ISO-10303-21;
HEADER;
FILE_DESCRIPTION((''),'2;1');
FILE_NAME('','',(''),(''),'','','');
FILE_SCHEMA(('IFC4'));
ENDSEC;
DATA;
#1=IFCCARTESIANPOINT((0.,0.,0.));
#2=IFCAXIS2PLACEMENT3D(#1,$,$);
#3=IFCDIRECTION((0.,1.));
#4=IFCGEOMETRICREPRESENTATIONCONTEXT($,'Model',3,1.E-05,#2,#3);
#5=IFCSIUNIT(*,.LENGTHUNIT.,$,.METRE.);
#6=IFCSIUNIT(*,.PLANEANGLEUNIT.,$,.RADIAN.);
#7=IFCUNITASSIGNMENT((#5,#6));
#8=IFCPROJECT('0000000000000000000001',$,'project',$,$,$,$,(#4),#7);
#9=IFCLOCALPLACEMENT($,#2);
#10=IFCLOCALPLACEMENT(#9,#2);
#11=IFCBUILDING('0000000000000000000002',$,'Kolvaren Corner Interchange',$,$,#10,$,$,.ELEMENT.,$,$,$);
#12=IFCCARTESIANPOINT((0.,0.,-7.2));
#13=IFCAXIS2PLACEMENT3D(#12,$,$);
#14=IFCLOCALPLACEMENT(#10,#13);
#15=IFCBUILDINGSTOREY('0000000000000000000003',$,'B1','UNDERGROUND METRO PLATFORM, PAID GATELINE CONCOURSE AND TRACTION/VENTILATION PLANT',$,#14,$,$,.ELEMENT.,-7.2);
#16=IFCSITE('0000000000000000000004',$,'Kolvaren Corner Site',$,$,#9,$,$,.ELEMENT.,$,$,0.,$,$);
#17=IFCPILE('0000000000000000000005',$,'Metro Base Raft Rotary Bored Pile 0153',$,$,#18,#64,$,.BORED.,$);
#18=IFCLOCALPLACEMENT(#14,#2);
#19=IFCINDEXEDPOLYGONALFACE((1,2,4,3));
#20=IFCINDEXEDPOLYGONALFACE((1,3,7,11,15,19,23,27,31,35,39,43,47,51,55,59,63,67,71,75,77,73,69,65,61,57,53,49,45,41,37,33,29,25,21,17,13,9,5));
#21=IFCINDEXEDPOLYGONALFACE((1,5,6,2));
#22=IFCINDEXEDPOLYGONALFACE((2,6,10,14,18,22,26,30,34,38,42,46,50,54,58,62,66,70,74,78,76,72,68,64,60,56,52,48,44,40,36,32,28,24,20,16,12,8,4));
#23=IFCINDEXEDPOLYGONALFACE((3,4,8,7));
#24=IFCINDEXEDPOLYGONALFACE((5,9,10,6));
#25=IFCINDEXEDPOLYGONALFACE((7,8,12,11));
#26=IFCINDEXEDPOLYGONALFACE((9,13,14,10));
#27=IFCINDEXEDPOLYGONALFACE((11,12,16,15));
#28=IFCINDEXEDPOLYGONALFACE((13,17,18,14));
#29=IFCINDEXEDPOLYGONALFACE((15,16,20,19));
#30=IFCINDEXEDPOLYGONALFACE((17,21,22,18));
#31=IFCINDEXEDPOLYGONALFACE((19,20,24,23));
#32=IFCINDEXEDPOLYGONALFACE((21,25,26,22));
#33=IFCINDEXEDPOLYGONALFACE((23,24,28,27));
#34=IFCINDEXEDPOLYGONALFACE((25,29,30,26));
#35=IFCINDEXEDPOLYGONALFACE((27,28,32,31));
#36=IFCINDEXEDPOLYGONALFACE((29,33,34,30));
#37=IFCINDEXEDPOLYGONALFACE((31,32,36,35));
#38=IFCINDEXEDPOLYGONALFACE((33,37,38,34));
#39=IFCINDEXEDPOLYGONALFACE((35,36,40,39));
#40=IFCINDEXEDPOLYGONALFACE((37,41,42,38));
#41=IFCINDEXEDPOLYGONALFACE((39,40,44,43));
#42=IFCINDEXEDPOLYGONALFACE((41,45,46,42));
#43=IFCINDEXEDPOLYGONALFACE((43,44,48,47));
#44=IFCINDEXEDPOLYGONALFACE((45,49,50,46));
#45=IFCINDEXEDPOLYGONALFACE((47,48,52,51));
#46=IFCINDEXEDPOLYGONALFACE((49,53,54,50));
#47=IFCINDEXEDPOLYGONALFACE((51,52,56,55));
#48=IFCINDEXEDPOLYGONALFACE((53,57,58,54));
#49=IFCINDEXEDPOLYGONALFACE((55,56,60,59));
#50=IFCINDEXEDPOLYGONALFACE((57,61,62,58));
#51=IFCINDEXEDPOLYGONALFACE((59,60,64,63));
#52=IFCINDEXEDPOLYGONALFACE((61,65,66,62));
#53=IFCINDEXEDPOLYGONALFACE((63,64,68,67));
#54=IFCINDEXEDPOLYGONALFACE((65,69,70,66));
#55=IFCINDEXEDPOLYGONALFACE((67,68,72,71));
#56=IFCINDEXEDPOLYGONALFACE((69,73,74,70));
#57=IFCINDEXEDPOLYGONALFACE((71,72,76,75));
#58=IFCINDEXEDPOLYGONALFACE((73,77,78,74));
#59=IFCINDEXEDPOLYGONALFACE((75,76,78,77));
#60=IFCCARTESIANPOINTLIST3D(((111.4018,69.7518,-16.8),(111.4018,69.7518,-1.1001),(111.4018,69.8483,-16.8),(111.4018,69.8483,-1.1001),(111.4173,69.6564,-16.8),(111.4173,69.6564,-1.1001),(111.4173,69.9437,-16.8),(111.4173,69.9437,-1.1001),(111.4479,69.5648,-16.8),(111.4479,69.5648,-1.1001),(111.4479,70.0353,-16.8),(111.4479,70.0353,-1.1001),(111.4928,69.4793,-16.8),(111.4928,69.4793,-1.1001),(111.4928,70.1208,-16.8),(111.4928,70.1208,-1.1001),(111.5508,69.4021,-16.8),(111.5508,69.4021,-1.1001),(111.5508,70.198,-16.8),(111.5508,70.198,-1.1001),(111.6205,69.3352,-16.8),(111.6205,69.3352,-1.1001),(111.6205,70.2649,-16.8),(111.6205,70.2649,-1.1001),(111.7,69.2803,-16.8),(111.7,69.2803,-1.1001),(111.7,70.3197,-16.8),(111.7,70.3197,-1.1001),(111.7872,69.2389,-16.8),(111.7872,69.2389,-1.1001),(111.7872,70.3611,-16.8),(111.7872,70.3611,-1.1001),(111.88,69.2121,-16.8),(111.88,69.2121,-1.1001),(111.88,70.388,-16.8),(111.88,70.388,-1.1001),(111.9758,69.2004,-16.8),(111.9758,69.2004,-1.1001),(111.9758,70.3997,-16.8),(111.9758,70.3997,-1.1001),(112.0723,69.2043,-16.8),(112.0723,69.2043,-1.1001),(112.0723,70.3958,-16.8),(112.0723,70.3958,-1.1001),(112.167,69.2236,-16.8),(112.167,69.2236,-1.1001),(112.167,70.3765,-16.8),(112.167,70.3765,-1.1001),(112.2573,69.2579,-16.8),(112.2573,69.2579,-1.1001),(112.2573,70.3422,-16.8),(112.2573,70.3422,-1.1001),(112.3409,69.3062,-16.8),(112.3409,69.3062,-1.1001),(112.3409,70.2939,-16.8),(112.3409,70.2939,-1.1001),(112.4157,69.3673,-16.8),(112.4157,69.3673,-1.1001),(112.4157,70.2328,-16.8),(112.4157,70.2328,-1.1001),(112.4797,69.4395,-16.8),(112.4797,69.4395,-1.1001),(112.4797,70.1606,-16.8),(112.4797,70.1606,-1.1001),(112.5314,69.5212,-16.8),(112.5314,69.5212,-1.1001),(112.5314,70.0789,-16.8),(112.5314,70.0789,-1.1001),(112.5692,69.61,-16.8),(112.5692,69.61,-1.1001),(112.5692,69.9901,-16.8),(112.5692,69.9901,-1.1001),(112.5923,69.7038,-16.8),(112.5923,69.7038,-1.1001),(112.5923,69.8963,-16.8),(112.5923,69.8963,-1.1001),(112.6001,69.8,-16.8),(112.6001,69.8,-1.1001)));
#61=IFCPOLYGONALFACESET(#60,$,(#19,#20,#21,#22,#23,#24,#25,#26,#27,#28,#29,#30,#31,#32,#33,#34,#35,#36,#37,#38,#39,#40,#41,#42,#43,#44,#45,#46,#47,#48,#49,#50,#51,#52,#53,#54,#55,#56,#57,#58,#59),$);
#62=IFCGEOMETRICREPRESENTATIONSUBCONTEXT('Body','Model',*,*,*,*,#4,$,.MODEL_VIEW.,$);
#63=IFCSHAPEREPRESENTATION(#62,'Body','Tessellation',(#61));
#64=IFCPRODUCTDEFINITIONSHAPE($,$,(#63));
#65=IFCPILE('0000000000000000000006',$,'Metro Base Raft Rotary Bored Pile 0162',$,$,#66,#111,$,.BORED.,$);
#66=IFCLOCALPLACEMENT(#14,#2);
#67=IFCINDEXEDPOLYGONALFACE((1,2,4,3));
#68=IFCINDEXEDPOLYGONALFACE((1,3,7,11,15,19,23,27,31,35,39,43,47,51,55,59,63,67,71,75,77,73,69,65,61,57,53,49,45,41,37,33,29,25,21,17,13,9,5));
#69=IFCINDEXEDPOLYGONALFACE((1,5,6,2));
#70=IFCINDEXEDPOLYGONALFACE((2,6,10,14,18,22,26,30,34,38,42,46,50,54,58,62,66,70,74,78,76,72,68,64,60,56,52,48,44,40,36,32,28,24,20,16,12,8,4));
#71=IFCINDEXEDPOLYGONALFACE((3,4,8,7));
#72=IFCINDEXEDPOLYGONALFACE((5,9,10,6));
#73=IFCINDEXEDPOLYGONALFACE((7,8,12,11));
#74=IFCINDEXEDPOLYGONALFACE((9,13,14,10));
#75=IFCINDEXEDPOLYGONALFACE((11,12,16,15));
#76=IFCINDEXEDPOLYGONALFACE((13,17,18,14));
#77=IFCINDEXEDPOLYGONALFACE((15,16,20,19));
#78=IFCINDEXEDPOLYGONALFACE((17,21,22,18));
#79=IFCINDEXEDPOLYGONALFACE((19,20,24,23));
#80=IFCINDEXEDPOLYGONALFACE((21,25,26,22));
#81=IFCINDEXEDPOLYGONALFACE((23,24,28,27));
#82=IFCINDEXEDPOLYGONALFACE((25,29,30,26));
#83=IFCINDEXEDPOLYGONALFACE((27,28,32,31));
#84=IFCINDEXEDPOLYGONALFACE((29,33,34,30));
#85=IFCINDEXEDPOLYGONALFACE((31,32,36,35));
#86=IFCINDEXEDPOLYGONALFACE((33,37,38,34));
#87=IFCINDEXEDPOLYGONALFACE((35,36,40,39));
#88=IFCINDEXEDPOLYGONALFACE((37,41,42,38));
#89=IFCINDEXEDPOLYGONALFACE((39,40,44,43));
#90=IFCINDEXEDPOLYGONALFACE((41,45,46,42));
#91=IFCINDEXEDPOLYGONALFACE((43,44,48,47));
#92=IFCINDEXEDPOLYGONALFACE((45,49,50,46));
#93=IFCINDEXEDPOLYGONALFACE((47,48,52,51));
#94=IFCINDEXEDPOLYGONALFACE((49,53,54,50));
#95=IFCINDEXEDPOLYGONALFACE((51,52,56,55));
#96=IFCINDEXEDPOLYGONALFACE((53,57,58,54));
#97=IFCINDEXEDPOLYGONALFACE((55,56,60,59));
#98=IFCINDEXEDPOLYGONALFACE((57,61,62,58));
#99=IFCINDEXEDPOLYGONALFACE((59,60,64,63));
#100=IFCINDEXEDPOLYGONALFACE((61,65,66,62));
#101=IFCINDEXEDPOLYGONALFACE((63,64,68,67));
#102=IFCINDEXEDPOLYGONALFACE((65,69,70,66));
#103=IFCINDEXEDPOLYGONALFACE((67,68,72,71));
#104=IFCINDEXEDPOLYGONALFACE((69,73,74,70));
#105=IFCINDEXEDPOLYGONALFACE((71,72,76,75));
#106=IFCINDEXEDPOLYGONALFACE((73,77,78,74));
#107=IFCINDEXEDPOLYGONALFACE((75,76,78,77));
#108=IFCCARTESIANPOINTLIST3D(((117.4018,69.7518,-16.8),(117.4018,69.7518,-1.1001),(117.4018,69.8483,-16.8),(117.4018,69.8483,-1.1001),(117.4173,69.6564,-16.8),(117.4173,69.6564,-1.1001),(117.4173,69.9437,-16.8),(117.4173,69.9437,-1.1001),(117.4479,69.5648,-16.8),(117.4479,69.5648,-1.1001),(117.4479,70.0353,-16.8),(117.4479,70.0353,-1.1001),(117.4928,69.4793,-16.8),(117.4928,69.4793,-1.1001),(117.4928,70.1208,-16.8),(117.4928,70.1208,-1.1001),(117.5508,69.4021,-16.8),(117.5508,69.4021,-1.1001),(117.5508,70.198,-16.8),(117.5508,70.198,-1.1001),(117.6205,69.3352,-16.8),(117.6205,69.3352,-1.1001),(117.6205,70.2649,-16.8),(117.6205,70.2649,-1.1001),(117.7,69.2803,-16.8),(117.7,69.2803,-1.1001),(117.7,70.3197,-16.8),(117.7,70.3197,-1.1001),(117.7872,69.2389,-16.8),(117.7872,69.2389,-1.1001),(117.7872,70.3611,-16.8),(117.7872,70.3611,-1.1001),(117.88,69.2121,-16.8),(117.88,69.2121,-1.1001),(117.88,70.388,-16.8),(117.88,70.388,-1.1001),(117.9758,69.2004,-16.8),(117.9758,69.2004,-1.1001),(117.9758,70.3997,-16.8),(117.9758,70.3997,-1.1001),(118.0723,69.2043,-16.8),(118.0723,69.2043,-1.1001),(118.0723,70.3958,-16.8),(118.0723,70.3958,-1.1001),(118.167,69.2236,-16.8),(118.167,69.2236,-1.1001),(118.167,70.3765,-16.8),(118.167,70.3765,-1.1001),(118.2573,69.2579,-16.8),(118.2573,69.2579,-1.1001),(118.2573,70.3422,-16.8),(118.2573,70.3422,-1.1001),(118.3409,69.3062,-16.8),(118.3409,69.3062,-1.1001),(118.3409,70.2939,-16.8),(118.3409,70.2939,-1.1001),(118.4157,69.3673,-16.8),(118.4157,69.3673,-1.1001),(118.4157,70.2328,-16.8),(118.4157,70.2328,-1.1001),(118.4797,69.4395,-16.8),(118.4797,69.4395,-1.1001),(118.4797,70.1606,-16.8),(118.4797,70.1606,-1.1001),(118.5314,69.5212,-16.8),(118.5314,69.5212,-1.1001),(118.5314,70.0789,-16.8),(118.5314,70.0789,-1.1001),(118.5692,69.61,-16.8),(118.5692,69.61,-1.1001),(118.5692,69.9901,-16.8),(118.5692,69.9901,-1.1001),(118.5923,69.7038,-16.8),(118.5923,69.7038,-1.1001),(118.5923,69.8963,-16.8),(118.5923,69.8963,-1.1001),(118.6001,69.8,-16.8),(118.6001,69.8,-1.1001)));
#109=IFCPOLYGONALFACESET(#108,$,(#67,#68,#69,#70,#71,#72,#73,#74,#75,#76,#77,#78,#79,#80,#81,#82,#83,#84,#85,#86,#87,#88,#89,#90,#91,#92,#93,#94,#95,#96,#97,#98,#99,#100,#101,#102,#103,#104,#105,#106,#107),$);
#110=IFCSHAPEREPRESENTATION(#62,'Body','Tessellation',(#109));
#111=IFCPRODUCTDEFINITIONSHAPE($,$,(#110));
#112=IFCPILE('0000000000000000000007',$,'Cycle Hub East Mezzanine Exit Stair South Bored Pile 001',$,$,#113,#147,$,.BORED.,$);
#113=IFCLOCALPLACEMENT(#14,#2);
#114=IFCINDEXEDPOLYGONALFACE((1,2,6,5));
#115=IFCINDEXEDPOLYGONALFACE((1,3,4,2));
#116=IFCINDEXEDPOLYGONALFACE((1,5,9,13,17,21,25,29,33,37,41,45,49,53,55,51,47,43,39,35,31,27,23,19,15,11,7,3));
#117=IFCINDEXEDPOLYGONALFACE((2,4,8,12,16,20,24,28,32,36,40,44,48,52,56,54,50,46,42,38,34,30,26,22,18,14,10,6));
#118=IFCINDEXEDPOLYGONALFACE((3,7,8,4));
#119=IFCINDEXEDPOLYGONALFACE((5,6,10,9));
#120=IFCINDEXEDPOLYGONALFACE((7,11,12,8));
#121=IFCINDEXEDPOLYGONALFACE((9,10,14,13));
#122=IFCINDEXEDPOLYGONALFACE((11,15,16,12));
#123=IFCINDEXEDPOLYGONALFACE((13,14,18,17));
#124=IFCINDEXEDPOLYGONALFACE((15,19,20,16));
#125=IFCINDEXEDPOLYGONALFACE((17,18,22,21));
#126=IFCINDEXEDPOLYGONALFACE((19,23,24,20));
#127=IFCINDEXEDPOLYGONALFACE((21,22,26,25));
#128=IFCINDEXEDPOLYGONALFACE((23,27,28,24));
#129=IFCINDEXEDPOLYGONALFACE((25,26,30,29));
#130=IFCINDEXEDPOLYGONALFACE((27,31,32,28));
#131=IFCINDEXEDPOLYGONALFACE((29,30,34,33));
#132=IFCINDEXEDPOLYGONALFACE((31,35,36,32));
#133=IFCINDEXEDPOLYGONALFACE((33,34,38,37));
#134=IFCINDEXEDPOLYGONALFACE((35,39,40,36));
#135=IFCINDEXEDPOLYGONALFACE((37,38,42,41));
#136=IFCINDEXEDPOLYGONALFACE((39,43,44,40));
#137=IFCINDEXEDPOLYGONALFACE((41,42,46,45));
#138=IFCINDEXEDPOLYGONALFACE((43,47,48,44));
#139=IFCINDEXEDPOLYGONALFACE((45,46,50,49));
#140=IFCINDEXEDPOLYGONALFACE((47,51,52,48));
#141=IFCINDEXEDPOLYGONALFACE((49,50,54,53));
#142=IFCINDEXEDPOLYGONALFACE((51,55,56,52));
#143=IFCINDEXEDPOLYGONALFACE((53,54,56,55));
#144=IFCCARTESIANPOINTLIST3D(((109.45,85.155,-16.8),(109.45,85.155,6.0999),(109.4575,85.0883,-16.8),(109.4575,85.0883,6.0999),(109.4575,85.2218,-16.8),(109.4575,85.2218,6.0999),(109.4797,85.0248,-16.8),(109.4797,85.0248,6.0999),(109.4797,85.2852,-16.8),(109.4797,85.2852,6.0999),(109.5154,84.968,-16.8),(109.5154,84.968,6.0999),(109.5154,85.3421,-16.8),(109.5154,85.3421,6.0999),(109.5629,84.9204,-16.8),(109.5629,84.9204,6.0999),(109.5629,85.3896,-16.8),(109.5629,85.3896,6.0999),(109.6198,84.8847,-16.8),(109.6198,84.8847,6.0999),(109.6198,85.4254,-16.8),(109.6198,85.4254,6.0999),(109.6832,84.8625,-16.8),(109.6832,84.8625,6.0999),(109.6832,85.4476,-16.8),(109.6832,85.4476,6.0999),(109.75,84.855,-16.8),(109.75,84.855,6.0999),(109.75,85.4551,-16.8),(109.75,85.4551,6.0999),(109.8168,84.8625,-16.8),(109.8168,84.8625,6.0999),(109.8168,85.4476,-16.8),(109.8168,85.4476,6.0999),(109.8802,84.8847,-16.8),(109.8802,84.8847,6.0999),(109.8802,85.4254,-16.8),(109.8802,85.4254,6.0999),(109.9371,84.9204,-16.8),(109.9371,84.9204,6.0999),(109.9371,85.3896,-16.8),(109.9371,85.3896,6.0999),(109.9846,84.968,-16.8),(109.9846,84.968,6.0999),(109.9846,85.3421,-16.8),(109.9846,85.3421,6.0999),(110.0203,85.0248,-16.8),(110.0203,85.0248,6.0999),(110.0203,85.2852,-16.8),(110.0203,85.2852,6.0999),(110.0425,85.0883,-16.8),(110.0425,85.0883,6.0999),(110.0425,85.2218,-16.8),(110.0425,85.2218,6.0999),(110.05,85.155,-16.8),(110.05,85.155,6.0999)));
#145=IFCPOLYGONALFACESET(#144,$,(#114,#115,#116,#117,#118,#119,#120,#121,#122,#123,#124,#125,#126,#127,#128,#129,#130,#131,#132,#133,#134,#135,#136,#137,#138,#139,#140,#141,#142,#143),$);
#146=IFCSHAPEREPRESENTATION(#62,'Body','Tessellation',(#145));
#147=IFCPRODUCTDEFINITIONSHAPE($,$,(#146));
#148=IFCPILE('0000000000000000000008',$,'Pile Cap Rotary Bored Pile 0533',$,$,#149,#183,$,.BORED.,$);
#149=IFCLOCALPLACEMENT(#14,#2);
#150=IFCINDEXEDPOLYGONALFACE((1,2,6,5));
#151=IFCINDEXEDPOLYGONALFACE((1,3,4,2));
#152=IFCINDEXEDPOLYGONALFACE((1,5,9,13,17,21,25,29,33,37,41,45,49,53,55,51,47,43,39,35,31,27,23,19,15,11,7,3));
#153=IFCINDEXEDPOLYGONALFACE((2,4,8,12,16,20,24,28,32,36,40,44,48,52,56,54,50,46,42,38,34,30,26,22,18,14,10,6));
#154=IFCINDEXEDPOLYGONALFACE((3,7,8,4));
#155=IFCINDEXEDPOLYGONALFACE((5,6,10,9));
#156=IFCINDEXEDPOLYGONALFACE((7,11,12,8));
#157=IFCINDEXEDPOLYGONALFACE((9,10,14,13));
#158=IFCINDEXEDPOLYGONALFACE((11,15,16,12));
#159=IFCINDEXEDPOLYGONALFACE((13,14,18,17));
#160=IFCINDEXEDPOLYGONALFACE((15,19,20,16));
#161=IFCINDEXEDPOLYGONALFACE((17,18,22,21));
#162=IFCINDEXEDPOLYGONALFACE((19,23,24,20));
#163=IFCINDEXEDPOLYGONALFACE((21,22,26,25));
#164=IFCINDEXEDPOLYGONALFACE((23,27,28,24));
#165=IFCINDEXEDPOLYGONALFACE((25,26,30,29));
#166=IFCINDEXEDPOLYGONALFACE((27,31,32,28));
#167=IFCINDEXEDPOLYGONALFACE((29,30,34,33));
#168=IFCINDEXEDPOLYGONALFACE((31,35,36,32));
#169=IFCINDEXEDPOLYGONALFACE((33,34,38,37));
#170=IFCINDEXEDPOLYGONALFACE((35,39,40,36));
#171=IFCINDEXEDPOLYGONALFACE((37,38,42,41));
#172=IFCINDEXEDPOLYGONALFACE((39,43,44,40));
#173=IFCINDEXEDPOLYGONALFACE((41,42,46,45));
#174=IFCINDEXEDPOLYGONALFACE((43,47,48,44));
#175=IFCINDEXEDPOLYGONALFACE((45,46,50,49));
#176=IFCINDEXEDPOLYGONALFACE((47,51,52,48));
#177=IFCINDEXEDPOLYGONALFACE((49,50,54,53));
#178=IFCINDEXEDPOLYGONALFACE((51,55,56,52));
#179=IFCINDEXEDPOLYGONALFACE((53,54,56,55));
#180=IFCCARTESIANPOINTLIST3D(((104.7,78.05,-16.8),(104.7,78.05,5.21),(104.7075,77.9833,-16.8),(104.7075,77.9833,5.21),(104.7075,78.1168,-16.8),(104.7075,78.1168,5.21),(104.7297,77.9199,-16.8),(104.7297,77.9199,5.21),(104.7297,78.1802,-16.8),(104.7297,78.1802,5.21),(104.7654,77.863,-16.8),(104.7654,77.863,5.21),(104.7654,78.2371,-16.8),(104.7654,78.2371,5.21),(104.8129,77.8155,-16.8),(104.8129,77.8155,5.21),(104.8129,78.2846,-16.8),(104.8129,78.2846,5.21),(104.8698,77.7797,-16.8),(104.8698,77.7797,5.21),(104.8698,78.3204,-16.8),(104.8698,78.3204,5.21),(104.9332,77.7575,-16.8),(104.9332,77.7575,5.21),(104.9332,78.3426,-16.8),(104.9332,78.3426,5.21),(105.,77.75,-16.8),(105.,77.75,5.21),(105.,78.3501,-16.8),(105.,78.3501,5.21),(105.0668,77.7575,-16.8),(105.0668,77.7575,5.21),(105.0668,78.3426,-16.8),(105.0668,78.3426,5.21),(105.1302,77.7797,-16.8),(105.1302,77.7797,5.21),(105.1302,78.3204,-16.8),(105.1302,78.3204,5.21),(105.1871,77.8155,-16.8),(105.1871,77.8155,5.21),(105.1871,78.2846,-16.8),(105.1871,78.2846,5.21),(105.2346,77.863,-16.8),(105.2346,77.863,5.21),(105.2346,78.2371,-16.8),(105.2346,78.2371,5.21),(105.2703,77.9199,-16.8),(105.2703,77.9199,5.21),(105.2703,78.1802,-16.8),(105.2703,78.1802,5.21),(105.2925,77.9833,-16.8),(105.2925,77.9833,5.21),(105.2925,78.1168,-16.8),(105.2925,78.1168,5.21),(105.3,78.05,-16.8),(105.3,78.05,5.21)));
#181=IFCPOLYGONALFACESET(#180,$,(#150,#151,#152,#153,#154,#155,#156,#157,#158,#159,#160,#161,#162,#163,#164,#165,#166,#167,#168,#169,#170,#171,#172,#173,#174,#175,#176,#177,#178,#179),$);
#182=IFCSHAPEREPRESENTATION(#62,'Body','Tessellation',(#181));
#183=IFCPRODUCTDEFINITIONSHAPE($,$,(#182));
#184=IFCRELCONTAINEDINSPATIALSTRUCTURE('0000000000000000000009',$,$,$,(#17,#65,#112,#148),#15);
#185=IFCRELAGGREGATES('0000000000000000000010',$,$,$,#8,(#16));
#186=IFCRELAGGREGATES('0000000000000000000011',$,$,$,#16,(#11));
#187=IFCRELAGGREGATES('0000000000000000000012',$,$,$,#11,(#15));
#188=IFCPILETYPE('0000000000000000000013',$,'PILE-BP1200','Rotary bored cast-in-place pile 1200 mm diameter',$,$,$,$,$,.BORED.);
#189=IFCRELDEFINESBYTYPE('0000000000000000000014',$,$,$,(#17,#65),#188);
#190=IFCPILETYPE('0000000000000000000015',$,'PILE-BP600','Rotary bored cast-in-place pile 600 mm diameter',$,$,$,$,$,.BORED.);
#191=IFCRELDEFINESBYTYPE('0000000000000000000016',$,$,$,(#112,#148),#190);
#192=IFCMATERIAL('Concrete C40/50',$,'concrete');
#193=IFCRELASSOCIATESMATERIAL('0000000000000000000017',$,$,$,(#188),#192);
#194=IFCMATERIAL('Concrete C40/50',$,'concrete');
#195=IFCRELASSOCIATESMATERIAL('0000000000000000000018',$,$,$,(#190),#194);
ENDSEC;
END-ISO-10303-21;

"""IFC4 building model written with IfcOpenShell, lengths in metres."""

from ifc_helpers import new_model, si_unit, direction, frame, origin, origin_2d, place, context, subcontext, project, spatial, circle, extrude, material, material_profile, profile_set, type_object, element, save


model = new_model("IFC4")

# Units and contexts
model_context = context("Model", 3, precision=1e-05, world=origin(), true_north=direction((0.0, 1.0)))
body_context = subcontext(model_context, "Body", "Model", "MODEL_VIEW")
ifc_project = project(units=[si_unit("LENGTHUNIT", "METRE"), si_unit("PLANEANGLEUNIT", "RADIAN")], contexts=[model_context])

# Site, building, storey
site_placement = place(None, origin())
site = spatial("IfcSite", under=ifc_project, at=site_placement, Name="Kolvaren Corner Site", CompositionType="ELEMENT", RefElevation=0.0)
building_placement = place(site_placement, origin())
building = spatial("IfcBuilding", under=site, at=building_placement, Name="Kolvaren Corner Interchange", CompositionType="ELEMENT")
storey_placement = place(building_placement, frame((0.0, 0.0, -7.2)))
storey = spatial("IfcBuildingStorey", under=building, at=storey_placement, Name="B1", Description="UNDERGROUND METRO PLATFORM, PAID GATELINE CONCOURSE AND TRACTION/VENTILATION PLANT", CompositionType="ELEMENT", Elevation=-7.2)

# Piles
ifc_material_1 = material(Name="Concrete C40/50", Category="concrete")
ifc_material_profile_1 = material_profile(ifc_material_1, circle(Radius=0.6001, at=origin_2d()), Name="BORED PILE 1200")
ifc_profile_set_1 = profile_set([ifc_material_profile_1], Name="Concrete C40/50")
pile_type_1 = type_object("IfcPileType", Name="PILE-BP1200", Description="Rotary bored cast-in-place pile 1200 mm diameter", PredefinedType="BORED", material=ifc_profile_set_1)
for number, where, z_axis, x_axis, name in (
    (1, (112.0, 69.8, -1.1001), (0.0, 0.0, -1.0), (1.0, 0.0, 0.0), "Metro Base Raft Rotary Bored Pile 0153"),
    (2, (118.0, 69.8, -1.1001), (0.0, 0.0, -1.0), (1.0, 0.0, 0.0), "Metro Base Raft Rotary Bored Pile 0162"),
):
    element("IfcPile", number, at=place(storey_placement, frame(where, z_axis=z_axis, x_axis=x_axis)), inside=storey, type_object=pile_type_1, Name=name, PredefinedType="BORED", context=body_context, shape_type="SweptSolid", body=[
        extrude(circle(Radius=0.6001, at=origin_2d()), origin(), (0.0, 0.0, 1.0), 15.7),
    ])
ifc_material_2 = material(Name="Concrete C40/50", Category="concrete")
ifc_material_profile_2 = material_profile(ifc_material_2, circle(Radius=0.3, at=origin_2d()), Name="BORED PILE 600")
ifc_profile_set_2 = profile_set([ifc_material_profile_2], Name="Concrete C40/50")
pile_type_2 = type_object("IfcPileType", Name="PILE-BP600", Description="Rotary bored cast-in-place pile 600 mm diameter", PredefinedType="BORED", material=ifc_profile_set_2)
pile_1_placement = place(storey_placement, frame((109.75, 85.155, 6.0999), z_axis=(0.0, 0.0, -1.0), x_axis=(1.0, 0.0, 0.0)))
element("IfcPile", 3, at=pile_1_placement, inside=storey, type_object=pile_type_2, Name="Cycle Hub East Mezzanine Exit Stair South Bored Pile 001", PredefinedType="BORED", context=body_context, shape_type="SweptSolid", body=[
    extrude(circle(Radius=0.3, at=origin_2d()), origin(), (0.0, 0.0, 1.0), 22.8999),
])
pile_2_placement = place(storey_placement, frame((105.0, 78.05, 5.21), z_axis=(0.0, 0.0, -1.0), x_axis=(1.0, 0.0, 0.0)))
element("IfcPile", 4, at=pile_2_placement, inside=storey, type_object=pile_type_2, Name="Pile Cap Rotary Bored Pile 0533", PredefinedType="BORED", context=body_context, shape_type="SweptSolid", body=[
    extrude(circle(Radius=0.3, at=origin_2d()), origin(), (0.0, 0.0, 1.0), 22.01),
])

save(model, "model.ifc")
